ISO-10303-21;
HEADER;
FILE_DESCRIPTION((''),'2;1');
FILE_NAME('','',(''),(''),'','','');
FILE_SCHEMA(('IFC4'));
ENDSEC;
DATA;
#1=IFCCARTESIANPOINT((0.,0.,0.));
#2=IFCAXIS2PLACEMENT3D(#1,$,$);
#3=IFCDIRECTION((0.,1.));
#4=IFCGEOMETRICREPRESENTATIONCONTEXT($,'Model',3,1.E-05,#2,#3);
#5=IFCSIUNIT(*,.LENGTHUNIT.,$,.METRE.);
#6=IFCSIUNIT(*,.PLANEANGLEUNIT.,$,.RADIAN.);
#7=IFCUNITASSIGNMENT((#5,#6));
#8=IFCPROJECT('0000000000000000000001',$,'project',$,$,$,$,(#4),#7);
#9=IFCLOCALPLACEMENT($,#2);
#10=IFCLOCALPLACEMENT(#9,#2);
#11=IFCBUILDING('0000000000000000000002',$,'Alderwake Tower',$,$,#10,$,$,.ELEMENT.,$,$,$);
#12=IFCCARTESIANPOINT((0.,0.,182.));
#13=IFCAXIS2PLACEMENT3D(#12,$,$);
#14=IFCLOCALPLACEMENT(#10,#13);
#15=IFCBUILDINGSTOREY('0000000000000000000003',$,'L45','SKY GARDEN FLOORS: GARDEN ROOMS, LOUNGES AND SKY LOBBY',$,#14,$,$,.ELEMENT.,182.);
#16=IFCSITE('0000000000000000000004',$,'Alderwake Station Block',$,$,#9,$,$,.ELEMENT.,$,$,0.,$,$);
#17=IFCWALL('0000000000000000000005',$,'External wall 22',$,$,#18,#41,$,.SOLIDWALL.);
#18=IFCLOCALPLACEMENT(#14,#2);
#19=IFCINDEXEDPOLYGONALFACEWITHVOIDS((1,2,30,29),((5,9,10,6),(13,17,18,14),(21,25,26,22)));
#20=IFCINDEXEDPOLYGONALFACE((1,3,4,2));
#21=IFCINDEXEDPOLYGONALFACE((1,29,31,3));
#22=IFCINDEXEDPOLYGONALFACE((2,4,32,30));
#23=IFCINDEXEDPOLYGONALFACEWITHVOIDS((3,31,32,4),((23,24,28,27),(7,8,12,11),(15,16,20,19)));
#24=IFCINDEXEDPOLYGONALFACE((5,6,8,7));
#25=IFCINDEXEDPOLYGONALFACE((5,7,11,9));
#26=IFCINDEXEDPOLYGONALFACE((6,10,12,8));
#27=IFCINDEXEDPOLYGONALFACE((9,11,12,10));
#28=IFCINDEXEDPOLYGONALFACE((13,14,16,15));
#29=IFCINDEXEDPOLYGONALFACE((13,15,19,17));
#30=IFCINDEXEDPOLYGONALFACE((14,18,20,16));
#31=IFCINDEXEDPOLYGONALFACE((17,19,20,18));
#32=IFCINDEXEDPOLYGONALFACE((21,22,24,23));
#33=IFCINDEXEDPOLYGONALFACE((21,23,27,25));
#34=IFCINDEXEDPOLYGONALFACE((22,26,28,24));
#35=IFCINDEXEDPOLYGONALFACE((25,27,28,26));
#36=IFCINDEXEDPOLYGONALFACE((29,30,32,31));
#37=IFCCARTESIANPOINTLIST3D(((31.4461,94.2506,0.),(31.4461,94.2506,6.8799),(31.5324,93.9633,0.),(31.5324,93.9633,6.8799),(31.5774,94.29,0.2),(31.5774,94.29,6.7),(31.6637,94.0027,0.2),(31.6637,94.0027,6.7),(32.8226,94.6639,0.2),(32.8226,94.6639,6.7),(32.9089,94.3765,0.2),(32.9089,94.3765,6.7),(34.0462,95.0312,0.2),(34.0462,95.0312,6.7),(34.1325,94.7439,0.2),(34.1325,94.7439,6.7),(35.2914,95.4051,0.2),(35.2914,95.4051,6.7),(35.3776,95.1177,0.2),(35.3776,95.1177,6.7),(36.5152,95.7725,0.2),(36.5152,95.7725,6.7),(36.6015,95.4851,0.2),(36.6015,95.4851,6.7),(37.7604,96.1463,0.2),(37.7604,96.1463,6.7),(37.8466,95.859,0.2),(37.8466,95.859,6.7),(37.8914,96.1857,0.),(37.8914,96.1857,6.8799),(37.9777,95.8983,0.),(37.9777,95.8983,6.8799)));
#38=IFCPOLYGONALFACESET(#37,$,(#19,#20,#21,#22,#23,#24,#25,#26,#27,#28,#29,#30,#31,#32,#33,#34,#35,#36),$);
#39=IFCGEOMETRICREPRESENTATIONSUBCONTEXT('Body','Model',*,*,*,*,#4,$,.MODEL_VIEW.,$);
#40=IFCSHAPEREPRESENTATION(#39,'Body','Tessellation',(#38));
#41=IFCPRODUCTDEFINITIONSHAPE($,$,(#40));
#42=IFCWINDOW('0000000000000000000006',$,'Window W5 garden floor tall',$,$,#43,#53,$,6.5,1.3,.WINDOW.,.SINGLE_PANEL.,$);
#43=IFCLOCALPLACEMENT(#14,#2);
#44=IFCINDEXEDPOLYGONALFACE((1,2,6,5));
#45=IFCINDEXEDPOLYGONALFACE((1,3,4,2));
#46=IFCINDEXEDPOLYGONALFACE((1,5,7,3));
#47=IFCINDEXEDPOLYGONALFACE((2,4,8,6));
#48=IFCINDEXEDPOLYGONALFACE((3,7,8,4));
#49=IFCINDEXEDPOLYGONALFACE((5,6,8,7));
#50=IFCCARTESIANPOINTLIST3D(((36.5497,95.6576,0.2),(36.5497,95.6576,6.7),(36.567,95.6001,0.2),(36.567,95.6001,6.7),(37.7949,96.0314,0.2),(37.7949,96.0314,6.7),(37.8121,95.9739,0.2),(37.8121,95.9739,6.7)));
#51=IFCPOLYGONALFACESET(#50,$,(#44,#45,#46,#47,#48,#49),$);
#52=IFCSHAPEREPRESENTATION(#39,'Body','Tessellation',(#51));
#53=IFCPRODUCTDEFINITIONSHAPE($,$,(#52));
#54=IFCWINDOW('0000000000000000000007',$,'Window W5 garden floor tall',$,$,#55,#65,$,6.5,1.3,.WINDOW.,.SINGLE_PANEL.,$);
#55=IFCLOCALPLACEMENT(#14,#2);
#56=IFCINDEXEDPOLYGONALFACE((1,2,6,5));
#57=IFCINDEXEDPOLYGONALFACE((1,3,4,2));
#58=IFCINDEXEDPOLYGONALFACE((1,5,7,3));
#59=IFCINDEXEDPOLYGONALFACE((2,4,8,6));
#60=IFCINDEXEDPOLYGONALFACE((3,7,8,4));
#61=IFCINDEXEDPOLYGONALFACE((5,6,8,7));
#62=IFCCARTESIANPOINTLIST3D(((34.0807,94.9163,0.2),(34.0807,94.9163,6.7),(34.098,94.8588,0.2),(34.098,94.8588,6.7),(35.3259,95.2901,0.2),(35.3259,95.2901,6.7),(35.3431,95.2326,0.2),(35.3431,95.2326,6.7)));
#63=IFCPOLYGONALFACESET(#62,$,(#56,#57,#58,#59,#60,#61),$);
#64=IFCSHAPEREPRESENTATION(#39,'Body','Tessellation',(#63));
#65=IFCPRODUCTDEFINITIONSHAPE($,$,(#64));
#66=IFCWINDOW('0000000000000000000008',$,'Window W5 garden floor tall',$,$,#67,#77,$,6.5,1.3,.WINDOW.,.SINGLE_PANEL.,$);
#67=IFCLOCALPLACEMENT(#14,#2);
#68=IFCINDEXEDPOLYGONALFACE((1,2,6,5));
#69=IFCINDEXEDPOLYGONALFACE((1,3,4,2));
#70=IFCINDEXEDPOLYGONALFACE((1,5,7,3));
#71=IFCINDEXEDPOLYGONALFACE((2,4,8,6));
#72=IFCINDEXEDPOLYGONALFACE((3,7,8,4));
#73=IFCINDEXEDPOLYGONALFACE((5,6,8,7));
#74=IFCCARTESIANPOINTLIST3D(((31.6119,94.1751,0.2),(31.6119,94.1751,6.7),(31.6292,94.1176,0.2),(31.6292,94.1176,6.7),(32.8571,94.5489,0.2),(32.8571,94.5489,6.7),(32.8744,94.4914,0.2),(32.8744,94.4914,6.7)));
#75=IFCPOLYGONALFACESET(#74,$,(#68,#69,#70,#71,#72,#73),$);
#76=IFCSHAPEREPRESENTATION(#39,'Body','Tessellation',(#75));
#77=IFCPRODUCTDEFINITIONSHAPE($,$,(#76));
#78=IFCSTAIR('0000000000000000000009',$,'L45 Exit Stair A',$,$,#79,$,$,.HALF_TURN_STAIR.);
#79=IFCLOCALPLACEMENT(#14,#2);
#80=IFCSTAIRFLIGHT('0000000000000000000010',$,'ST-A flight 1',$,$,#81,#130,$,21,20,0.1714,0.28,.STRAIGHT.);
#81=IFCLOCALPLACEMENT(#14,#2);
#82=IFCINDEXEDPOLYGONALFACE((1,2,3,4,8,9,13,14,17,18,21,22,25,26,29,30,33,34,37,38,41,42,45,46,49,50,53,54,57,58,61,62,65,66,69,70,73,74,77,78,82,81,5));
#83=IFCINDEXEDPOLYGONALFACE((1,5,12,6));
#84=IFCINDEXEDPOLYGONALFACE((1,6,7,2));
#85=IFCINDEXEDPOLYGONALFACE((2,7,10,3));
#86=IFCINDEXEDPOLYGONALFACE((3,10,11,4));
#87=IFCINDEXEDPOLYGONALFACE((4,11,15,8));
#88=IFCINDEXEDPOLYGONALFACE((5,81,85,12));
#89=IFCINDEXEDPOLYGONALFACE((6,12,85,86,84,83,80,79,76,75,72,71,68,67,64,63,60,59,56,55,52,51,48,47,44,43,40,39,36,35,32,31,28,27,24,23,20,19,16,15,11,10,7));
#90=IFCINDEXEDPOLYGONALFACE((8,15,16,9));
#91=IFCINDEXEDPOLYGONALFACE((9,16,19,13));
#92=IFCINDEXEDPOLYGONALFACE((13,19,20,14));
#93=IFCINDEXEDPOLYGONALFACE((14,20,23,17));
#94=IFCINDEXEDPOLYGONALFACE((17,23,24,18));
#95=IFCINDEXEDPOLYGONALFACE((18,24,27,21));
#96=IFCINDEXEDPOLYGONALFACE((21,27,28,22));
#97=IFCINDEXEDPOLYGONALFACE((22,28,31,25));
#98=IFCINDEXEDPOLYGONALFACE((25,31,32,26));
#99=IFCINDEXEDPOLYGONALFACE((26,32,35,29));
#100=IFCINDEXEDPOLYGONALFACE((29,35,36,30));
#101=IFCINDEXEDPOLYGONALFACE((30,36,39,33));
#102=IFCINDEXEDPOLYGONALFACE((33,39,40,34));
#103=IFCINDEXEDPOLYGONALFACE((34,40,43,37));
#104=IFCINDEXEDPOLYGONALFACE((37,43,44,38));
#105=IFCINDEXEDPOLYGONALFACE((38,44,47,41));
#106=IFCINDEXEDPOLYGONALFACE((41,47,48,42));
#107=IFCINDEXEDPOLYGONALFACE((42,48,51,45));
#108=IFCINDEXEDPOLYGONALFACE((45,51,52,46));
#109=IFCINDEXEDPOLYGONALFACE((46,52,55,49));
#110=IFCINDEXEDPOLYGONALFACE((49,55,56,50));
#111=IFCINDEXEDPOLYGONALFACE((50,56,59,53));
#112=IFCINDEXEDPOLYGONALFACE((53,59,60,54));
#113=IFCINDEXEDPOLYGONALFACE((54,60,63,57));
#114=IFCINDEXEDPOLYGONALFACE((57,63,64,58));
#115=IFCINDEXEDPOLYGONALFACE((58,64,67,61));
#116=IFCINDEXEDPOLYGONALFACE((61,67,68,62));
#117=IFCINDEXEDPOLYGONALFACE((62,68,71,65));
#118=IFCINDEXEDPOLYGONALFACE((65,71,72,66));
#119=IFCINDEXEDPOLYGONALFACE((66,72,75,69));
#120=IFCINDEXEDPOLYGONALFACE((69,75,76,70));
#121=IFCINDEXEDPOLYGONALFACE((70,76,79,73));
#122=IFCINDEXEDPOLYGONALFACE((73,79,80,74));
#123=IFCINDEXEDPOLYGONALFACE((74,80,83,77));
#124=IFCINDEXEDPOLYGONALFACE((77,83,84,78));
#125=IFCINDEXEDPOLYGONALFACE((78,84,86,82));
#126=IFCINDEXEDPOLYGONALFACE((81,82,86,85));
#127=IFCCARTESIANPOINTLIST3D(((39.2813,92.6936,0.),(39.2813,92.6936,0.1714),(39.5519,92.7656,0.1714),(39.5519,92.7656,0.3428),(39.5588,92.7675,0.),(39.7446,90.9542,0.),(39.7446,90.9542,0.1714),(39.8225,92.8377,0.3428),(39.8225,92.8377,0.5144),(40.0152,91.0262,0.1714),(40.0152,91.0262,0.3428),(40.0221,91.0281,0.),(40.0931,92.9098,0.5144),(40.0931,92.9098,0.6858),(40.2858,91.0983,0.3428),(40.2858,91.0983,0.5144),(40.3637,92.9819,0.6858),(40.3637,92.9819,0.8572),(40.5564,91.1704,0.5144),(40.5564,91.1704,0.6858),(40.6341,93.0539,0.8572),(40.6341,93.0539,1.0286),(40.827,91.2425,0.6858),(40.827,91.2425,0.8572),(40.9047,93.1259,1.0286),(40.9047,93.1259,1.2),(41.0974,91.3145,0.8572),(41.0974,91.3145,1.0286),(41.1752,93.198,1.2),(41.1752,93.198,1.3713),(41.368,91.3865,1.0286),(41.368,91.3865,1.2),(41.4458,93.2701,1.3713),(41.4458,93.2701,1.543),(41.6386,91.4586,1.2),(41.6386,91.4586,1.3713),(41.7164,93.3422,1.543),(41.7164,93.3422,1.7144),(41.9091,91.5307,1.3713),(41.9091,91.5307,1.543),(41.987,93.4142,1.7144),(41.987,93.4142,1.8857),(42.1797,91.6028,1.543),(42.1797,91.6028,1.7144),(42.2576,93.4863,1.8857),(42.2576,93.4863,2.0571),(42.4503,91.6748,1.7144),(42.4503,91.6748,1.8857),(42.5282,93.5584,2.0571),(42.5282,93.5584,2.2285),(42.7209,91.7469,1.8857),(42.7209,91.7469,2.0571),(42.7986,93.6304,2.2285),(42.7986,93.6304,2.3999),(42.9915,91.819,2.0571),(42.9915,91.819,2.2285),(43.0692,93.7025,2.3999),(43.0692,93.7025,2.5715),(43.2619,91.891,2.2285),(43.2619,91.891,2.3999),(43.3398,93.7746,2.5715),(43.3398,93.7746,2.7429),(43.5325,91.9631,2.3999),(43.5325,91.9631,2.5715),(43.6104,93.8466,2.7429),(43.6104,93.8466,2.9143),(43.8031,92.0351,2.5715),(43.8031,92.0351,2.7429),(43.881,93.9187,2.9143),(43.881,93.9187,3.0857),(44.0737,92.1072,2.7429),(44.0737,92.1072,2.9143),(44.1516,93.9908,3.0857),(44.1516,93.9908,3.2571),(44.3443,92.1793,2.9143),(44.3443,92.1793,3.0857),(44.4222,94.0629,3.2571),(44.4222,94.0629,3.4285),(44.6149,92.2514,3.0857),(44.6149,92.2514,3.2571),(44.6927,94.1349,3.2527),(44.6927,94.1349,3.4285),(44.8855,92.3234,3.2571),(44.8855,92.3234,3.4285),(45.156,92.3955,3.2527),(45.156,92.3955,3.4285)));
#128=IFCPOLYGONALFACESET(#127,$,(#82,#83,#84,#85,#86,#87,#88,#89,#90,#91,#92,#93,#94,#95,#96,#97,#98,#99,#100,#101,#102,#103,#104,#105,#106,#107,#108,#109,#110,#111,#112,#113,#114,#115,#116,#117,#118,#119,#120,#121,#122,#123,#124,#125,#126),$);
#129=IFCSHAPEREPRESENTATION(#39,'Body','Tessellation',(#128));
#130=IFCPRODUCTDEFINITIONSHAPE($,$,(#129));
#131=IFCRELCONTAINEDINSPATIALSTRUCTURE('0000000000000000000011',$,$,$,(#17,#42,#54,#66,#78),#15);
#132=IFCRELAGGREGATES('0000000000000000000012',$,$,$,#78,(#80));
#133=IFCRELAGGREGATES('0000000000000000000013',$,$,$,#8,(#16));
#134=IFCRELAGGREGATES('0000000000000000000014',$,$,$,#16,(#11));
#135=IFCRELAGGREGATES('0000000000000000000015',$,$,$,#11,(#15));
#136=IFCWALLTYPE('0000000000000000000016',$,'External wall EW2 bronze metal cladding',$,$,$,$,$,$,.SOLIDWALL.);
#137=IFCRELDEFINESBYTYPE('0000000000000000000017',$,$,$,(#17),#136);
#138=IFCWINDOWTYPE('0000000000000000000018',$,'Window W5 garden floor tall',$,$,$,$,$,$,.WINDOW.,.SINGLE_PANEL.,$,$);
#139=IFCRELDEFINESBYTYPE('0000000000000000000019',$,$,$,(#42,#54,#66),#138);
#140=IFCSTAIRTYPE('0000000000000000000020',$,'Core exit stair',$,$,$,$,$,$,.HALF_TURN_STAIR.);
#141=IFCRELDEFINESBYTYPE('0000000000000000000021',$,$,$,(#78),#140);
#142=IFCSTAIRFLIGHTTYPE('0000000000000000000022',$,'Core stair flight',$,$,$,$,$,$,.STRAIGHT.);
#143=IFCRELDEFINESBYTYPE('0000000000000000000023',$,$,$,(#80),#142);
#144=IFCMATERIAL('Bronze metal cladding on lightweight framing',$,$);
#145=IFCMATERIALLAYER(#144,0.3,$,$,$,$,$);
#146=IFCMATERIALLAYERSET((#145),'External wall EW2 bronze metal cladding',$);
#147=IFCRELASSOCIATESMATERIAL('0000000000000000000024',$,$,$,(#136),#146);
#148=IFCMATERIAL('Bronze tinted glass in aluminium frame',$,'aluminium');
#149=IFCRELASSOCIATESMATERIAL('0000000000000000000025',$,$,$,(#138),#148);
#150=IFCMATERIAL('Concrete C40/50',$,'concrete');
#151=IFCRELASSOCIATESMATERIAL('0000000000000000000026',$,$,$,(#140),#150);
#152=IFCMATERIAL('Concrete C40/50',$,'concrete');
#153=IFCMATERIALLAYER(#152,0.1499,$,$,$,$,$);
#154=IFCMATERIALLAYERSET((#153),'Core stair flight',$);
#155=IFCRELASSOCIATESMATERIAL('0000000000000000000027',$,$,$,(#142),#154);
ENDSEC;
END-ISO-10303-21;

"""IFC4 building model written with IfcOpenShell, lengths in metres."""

from ifc_helpers import new_model, si_unit, direction, frame, frame_2d, origin, place, context, subcontext, project, spatial, polyline, rectangle, outline, extrude, material, layer, layer_set, type_object, element, fill, aggregate, save


model = new_model("IFC4")

# Units and contexts
model_context = context("Model", 3, precision=1e-05, world=origin(), true_north=direction((0.0, 1.0)))
body_context = subcontext(model_context, "Body", "Model", "MODEL_VIEW")
ifc_project = project(units=[si_unit("LENGTHUNIT", "METRE"), si_unit("PLANEANGLEUNIT", "RADIAN")], contexts=[model_context])

# Site, building, storey
site_placement = place(None, origin())
site = spatial("IfcSite", under=ifc_project, at=site_placement, Name="Alderwake Station Block", CompositionType="ELEMENT", RefElevation=0.0)
building_placement = place(site_placement, origin())
building = spatial("IfcBuilding", under=site, at=building_placement, Name="Alderwake Tower", CompositionType="ELEMENT")
storey_placement = place(building_placement, frame((0.0, 0.0, 182.0)))
storey = spatial("IfcBuildingStorey", under=building, at=storey_placement, Name="L45", Description="SKY GARDEN FLOORS: GARDEN ROOMS, LOUNGES AND SKY LOBBY", CompositionType="ELEMENT", Elevation=182.0)

# Wall, openings, windows
ifc_material_1 = material(Name="Bronze metal cladding on lightweight framing")
ifc_layer_1 = layer(ifc_material_1, 0.3)
ifc_layer_set_1 = layer_set([ifc_layer_1], Name="External wall EW2 bronze metal cladding")
wall_type_1 = type_object("IfcWallType", Name="External wall EW2 bronze metal cladding", PredefinedType="SOLIDWALL", material=ifc_layer_set_1)
wall_1_placement = place(storey_placement, frame((37.9346, 96.042, 0.0), z_axis=(0.0, 0.0, 1.0), x_axis=(-0.957766, -0.287548, 0.0)))
wall_1 = element("IfcWall", 1, at=wall_1_placement, inside=storey, type_object=wall_type_1, Name="External wall 22", PredefinedType="SOLIDWALL", context=body_context, shape_type="SweptSolid", body=[
    extrude(rectangle(XDim=6.7295, YDim=0.3, at=frame_2d((3.3647, 0.0))), origin(), (0.0, 0.0, 1.0), 6.8799),
])
opening_1_placement = place(wall_1_placement, frame((0.137, 0.0, 0.2)))
opening_1 = element("IfcOpeningElement", 2, at=opening_1_placement, cuts=wall_1, PredefinedType="OPENING", context=body_context, shape_type="SweptSolid", body=[
    extrude(rectangle(XDim=1.3, YDim=6.5, at=frame_2d((0.6499, 3.25))), frame((0.0, 0.1599, 0.0), z_axis=(0.0, -1.0, 0.0), x_axis=(1.0, 0.0, 0.0)), (0.0, 0.0, 1.0), 0.3201),
])
opening_2_placement = place(wall_1_placement, frame((2.7148, 0.0, 0.2)))
opening_2 = element("IfcOpeningElement", 3, at=opening_2_placement, cuts=wall_1, PredefinedType="OPENING", context=body_context, shape_type="SweptSolid", body=[
    extrude(rectangle(XDim=1.3, YDim=6.5, at=frame_2d((0.6499, 3.25))), frame((0.0, 0.1599, 0.0), z_axis=(0.0, -1.0, 0.0), x_axis=(1.0, 0.0, 0.0)), (0.0, 0.0, 1.0), 0.3201),
])
opening_3_placement = place(wall_1_placement, frame((5.2925, 0.0, 0.2)))
opening_3 = element("IfcOpeningElement", 4, at=opening_3_placement, cuts=wall_1, PredefinedType="OPENING", context=body_context, shape_type="SweptSolid", body=[
    extrude(rectangle(XDim=1.3, YDim=6.5, at=frame_2d((0.6499, 3.25))), frame((0.0, 0.1599, 0.0), z_axis=(0.0, -1.0, 0.0), x_axis=(1.0, 0.0, 0.0)), (0.0, 0.0, 1.0), 0.3201),
])
ifc_material_2 = material(Name="Bronze tinted glass in aluminium frame", Category="aluminium")
window_type = type_object("IfcWindowType", Name="Window W5 garden floor tall", PartitioningType="SINGLE_PANEL", PredefinedType="WINDOW", material=ifc_material_2)
window_1_placement = place(opening_1_placement, origin())
window_1 = element("IfcWindow", 5, at=window_1_placement, inside=storey, type_object=window_type, Name="Window W5 garden floor tall", OverallHeight=6.5, OverallWidth=1.3, PartitioningType="SINGLE_PANEL", PredefinedType="WINDOW", context=body_context, shape_type="SweptSolid", body=[
    extrude(rectangle(XDim=1.3, YDim=6.5, at=frame_2d((0.6499, 3.25))), frame((0.0, 0.03, 0.0), z_axis=(0.0, -1.0, 0.0), x_axis=(1.0, 0.0, 0.0)), (0.0, 0.0, 1.0), 0.0601),
])
fill(opening_1, window_1)
window_2_placement = place(opening_2_placement, origin())
window_2 = element("IfcWindow", 6, at=window_2_placement, inside=storey, type_object=window_type, Name="Window W5 garden floor tall", OverallHeight=6.5, OverallWidth=1.3, PartitioningType="SINGLE_PANEL", PredefinedType="WINDOW", context=body_context, shape_type="SweptSolid", body=[
    extrude(rectangle(XDim=1.3, YDim=6.5, at=frame_2d((0.6499, 3.25))), frame((0.0, 0.03, 0.0), z_axis=(0.0, -1.0, 0.0), x_axis=(1.0, 0.0, 0.0)), (0.0, 0.0, 1.0), 0.0601),
])
fill(opening_2, window_2)
window_3_placement = place(opening_3_placement, origin())
window_3 = element("IfcWindow", 7, at=window_3_placement, inside=storey, type_object=window_type, Name="Window W5 garden floor tall", OverallHeight=6.5, OverallWidth=1.3, PartitioningType="SINGLE_PANEL", PredefinedType="WINDOW", context=body_context, shape_type="SweptSolid", body=[
    extrude(rectangle(XDim=1.3, YDim=6.5, at=frame_2d((0.6499, 3.25))), frame((0.0, 0.03, 0.0), z_axis=(0.0, -1.0, 0.0), x_axis=(1.0, 0.0, 0.0)), (0.0, 0.0, 1.0), 0.0601),
])
fill(opening_3, window_3)

# Stair, stair flight
ifc_material_3 = material(Name="Concrete C40/50", Category="concrete")
stair_type = type_object("IfcStairType", Name="Core exit stair", PredefinedType="HALF_TURN_STAIR", material=ifc_material_3)
stair_placement = place(storey_placement, origin())
stair = element("IfcStair", 8, at=stair_placement, inside=storey, type_object=stair_type, Name="L45 Exit Stair A", PredefinedType="HALF_TURN_STAIR")
ifc_material_4 = material(Name="Concrete C40/50", Category="concrete")
ifc_layer_2 = layer(ifc_material_4, 0.1499)
ifc_layer_set_2 = layer_set([ifc_layer_2], Name="Core stair flight")
stair_flight_type = type_object("IfcStairFlightType", Name="Core stair flight", PredefinedType="STRAIGHT", material=ifc_layer_set_2)
stair_flight_placement = place(storey_placement, frame((39.5129, 91.824, 0.0), z_axis=(0.0, 0.0, 1.0), x_axis=(0.96631, 0.257382, 0.0)))
stair_flight = element("IfcStairFlight", 9, at=stair_flight_placement, type_object=stair_flight_type, Name="ST-A flight 1", NumberOfRisers=21, NumberOfTreads=20, PredefinedType="STRAIGHT", RiserHeight=0.1714, TreadLength=0.28, context=body_context, shape_type="SweptSolid", body=[
    extrude(outline(polyline([(0.0, 0.0), (0.0, 0.1714), (0.28, 0.1714), (0.28, 0.3428), (0.5601, 0.3428), (0.5601, 0.5144), (0.8401, 0.5144), (0.8401, 0.6858), (1.1201, 0.6858), (1.1201, 0.8572), (1.3999, 0.8572), (1.3999, 1.0286), (1.6799, 1.0286), (1.6799, 1.2), (1.96, 1.2), (1.96, 1.3713), (2.24, 1.3713), (2.24, 1.543), (2.52, 1.543), (2.52, 1.7144), (2.8, 1.7144), (2.8, 1.8857), (3.0801, 1.8857), (3.0801, 2.0571), (3.3601, 2.0571), (3.3601, 2.2285), (3.6399, 2.2285), (3.6399, 2.3999), (3.9199, 2.3999), (3.9199, 2.5715), (4.2, 2.5715), (4.2, 2.7429), (4.48, 2.7429), (4.48, 2.9143), (4.76, 2.9143), (4.76, 3.0857), (5.04, 3.0857), (5.04, 3.2571), (5.3201, 3.2571), (5.3201, 3.4285), (5.6001, 3.4285), (5.6001, 3.6001), (5.6001, 3.2527), (0.2871, 0.0), (0.0, 0.0)])), frame((0.0, 0.8999, 0.0), z_axis=(0.0, -1.0, 0.0), x_axis=(1.0, 0.0, 0.0)), (0.0, 0.0, 1.0), 1.8),
])
aggregate(stair, [stair_flight])

save(model, "model.ifc")
